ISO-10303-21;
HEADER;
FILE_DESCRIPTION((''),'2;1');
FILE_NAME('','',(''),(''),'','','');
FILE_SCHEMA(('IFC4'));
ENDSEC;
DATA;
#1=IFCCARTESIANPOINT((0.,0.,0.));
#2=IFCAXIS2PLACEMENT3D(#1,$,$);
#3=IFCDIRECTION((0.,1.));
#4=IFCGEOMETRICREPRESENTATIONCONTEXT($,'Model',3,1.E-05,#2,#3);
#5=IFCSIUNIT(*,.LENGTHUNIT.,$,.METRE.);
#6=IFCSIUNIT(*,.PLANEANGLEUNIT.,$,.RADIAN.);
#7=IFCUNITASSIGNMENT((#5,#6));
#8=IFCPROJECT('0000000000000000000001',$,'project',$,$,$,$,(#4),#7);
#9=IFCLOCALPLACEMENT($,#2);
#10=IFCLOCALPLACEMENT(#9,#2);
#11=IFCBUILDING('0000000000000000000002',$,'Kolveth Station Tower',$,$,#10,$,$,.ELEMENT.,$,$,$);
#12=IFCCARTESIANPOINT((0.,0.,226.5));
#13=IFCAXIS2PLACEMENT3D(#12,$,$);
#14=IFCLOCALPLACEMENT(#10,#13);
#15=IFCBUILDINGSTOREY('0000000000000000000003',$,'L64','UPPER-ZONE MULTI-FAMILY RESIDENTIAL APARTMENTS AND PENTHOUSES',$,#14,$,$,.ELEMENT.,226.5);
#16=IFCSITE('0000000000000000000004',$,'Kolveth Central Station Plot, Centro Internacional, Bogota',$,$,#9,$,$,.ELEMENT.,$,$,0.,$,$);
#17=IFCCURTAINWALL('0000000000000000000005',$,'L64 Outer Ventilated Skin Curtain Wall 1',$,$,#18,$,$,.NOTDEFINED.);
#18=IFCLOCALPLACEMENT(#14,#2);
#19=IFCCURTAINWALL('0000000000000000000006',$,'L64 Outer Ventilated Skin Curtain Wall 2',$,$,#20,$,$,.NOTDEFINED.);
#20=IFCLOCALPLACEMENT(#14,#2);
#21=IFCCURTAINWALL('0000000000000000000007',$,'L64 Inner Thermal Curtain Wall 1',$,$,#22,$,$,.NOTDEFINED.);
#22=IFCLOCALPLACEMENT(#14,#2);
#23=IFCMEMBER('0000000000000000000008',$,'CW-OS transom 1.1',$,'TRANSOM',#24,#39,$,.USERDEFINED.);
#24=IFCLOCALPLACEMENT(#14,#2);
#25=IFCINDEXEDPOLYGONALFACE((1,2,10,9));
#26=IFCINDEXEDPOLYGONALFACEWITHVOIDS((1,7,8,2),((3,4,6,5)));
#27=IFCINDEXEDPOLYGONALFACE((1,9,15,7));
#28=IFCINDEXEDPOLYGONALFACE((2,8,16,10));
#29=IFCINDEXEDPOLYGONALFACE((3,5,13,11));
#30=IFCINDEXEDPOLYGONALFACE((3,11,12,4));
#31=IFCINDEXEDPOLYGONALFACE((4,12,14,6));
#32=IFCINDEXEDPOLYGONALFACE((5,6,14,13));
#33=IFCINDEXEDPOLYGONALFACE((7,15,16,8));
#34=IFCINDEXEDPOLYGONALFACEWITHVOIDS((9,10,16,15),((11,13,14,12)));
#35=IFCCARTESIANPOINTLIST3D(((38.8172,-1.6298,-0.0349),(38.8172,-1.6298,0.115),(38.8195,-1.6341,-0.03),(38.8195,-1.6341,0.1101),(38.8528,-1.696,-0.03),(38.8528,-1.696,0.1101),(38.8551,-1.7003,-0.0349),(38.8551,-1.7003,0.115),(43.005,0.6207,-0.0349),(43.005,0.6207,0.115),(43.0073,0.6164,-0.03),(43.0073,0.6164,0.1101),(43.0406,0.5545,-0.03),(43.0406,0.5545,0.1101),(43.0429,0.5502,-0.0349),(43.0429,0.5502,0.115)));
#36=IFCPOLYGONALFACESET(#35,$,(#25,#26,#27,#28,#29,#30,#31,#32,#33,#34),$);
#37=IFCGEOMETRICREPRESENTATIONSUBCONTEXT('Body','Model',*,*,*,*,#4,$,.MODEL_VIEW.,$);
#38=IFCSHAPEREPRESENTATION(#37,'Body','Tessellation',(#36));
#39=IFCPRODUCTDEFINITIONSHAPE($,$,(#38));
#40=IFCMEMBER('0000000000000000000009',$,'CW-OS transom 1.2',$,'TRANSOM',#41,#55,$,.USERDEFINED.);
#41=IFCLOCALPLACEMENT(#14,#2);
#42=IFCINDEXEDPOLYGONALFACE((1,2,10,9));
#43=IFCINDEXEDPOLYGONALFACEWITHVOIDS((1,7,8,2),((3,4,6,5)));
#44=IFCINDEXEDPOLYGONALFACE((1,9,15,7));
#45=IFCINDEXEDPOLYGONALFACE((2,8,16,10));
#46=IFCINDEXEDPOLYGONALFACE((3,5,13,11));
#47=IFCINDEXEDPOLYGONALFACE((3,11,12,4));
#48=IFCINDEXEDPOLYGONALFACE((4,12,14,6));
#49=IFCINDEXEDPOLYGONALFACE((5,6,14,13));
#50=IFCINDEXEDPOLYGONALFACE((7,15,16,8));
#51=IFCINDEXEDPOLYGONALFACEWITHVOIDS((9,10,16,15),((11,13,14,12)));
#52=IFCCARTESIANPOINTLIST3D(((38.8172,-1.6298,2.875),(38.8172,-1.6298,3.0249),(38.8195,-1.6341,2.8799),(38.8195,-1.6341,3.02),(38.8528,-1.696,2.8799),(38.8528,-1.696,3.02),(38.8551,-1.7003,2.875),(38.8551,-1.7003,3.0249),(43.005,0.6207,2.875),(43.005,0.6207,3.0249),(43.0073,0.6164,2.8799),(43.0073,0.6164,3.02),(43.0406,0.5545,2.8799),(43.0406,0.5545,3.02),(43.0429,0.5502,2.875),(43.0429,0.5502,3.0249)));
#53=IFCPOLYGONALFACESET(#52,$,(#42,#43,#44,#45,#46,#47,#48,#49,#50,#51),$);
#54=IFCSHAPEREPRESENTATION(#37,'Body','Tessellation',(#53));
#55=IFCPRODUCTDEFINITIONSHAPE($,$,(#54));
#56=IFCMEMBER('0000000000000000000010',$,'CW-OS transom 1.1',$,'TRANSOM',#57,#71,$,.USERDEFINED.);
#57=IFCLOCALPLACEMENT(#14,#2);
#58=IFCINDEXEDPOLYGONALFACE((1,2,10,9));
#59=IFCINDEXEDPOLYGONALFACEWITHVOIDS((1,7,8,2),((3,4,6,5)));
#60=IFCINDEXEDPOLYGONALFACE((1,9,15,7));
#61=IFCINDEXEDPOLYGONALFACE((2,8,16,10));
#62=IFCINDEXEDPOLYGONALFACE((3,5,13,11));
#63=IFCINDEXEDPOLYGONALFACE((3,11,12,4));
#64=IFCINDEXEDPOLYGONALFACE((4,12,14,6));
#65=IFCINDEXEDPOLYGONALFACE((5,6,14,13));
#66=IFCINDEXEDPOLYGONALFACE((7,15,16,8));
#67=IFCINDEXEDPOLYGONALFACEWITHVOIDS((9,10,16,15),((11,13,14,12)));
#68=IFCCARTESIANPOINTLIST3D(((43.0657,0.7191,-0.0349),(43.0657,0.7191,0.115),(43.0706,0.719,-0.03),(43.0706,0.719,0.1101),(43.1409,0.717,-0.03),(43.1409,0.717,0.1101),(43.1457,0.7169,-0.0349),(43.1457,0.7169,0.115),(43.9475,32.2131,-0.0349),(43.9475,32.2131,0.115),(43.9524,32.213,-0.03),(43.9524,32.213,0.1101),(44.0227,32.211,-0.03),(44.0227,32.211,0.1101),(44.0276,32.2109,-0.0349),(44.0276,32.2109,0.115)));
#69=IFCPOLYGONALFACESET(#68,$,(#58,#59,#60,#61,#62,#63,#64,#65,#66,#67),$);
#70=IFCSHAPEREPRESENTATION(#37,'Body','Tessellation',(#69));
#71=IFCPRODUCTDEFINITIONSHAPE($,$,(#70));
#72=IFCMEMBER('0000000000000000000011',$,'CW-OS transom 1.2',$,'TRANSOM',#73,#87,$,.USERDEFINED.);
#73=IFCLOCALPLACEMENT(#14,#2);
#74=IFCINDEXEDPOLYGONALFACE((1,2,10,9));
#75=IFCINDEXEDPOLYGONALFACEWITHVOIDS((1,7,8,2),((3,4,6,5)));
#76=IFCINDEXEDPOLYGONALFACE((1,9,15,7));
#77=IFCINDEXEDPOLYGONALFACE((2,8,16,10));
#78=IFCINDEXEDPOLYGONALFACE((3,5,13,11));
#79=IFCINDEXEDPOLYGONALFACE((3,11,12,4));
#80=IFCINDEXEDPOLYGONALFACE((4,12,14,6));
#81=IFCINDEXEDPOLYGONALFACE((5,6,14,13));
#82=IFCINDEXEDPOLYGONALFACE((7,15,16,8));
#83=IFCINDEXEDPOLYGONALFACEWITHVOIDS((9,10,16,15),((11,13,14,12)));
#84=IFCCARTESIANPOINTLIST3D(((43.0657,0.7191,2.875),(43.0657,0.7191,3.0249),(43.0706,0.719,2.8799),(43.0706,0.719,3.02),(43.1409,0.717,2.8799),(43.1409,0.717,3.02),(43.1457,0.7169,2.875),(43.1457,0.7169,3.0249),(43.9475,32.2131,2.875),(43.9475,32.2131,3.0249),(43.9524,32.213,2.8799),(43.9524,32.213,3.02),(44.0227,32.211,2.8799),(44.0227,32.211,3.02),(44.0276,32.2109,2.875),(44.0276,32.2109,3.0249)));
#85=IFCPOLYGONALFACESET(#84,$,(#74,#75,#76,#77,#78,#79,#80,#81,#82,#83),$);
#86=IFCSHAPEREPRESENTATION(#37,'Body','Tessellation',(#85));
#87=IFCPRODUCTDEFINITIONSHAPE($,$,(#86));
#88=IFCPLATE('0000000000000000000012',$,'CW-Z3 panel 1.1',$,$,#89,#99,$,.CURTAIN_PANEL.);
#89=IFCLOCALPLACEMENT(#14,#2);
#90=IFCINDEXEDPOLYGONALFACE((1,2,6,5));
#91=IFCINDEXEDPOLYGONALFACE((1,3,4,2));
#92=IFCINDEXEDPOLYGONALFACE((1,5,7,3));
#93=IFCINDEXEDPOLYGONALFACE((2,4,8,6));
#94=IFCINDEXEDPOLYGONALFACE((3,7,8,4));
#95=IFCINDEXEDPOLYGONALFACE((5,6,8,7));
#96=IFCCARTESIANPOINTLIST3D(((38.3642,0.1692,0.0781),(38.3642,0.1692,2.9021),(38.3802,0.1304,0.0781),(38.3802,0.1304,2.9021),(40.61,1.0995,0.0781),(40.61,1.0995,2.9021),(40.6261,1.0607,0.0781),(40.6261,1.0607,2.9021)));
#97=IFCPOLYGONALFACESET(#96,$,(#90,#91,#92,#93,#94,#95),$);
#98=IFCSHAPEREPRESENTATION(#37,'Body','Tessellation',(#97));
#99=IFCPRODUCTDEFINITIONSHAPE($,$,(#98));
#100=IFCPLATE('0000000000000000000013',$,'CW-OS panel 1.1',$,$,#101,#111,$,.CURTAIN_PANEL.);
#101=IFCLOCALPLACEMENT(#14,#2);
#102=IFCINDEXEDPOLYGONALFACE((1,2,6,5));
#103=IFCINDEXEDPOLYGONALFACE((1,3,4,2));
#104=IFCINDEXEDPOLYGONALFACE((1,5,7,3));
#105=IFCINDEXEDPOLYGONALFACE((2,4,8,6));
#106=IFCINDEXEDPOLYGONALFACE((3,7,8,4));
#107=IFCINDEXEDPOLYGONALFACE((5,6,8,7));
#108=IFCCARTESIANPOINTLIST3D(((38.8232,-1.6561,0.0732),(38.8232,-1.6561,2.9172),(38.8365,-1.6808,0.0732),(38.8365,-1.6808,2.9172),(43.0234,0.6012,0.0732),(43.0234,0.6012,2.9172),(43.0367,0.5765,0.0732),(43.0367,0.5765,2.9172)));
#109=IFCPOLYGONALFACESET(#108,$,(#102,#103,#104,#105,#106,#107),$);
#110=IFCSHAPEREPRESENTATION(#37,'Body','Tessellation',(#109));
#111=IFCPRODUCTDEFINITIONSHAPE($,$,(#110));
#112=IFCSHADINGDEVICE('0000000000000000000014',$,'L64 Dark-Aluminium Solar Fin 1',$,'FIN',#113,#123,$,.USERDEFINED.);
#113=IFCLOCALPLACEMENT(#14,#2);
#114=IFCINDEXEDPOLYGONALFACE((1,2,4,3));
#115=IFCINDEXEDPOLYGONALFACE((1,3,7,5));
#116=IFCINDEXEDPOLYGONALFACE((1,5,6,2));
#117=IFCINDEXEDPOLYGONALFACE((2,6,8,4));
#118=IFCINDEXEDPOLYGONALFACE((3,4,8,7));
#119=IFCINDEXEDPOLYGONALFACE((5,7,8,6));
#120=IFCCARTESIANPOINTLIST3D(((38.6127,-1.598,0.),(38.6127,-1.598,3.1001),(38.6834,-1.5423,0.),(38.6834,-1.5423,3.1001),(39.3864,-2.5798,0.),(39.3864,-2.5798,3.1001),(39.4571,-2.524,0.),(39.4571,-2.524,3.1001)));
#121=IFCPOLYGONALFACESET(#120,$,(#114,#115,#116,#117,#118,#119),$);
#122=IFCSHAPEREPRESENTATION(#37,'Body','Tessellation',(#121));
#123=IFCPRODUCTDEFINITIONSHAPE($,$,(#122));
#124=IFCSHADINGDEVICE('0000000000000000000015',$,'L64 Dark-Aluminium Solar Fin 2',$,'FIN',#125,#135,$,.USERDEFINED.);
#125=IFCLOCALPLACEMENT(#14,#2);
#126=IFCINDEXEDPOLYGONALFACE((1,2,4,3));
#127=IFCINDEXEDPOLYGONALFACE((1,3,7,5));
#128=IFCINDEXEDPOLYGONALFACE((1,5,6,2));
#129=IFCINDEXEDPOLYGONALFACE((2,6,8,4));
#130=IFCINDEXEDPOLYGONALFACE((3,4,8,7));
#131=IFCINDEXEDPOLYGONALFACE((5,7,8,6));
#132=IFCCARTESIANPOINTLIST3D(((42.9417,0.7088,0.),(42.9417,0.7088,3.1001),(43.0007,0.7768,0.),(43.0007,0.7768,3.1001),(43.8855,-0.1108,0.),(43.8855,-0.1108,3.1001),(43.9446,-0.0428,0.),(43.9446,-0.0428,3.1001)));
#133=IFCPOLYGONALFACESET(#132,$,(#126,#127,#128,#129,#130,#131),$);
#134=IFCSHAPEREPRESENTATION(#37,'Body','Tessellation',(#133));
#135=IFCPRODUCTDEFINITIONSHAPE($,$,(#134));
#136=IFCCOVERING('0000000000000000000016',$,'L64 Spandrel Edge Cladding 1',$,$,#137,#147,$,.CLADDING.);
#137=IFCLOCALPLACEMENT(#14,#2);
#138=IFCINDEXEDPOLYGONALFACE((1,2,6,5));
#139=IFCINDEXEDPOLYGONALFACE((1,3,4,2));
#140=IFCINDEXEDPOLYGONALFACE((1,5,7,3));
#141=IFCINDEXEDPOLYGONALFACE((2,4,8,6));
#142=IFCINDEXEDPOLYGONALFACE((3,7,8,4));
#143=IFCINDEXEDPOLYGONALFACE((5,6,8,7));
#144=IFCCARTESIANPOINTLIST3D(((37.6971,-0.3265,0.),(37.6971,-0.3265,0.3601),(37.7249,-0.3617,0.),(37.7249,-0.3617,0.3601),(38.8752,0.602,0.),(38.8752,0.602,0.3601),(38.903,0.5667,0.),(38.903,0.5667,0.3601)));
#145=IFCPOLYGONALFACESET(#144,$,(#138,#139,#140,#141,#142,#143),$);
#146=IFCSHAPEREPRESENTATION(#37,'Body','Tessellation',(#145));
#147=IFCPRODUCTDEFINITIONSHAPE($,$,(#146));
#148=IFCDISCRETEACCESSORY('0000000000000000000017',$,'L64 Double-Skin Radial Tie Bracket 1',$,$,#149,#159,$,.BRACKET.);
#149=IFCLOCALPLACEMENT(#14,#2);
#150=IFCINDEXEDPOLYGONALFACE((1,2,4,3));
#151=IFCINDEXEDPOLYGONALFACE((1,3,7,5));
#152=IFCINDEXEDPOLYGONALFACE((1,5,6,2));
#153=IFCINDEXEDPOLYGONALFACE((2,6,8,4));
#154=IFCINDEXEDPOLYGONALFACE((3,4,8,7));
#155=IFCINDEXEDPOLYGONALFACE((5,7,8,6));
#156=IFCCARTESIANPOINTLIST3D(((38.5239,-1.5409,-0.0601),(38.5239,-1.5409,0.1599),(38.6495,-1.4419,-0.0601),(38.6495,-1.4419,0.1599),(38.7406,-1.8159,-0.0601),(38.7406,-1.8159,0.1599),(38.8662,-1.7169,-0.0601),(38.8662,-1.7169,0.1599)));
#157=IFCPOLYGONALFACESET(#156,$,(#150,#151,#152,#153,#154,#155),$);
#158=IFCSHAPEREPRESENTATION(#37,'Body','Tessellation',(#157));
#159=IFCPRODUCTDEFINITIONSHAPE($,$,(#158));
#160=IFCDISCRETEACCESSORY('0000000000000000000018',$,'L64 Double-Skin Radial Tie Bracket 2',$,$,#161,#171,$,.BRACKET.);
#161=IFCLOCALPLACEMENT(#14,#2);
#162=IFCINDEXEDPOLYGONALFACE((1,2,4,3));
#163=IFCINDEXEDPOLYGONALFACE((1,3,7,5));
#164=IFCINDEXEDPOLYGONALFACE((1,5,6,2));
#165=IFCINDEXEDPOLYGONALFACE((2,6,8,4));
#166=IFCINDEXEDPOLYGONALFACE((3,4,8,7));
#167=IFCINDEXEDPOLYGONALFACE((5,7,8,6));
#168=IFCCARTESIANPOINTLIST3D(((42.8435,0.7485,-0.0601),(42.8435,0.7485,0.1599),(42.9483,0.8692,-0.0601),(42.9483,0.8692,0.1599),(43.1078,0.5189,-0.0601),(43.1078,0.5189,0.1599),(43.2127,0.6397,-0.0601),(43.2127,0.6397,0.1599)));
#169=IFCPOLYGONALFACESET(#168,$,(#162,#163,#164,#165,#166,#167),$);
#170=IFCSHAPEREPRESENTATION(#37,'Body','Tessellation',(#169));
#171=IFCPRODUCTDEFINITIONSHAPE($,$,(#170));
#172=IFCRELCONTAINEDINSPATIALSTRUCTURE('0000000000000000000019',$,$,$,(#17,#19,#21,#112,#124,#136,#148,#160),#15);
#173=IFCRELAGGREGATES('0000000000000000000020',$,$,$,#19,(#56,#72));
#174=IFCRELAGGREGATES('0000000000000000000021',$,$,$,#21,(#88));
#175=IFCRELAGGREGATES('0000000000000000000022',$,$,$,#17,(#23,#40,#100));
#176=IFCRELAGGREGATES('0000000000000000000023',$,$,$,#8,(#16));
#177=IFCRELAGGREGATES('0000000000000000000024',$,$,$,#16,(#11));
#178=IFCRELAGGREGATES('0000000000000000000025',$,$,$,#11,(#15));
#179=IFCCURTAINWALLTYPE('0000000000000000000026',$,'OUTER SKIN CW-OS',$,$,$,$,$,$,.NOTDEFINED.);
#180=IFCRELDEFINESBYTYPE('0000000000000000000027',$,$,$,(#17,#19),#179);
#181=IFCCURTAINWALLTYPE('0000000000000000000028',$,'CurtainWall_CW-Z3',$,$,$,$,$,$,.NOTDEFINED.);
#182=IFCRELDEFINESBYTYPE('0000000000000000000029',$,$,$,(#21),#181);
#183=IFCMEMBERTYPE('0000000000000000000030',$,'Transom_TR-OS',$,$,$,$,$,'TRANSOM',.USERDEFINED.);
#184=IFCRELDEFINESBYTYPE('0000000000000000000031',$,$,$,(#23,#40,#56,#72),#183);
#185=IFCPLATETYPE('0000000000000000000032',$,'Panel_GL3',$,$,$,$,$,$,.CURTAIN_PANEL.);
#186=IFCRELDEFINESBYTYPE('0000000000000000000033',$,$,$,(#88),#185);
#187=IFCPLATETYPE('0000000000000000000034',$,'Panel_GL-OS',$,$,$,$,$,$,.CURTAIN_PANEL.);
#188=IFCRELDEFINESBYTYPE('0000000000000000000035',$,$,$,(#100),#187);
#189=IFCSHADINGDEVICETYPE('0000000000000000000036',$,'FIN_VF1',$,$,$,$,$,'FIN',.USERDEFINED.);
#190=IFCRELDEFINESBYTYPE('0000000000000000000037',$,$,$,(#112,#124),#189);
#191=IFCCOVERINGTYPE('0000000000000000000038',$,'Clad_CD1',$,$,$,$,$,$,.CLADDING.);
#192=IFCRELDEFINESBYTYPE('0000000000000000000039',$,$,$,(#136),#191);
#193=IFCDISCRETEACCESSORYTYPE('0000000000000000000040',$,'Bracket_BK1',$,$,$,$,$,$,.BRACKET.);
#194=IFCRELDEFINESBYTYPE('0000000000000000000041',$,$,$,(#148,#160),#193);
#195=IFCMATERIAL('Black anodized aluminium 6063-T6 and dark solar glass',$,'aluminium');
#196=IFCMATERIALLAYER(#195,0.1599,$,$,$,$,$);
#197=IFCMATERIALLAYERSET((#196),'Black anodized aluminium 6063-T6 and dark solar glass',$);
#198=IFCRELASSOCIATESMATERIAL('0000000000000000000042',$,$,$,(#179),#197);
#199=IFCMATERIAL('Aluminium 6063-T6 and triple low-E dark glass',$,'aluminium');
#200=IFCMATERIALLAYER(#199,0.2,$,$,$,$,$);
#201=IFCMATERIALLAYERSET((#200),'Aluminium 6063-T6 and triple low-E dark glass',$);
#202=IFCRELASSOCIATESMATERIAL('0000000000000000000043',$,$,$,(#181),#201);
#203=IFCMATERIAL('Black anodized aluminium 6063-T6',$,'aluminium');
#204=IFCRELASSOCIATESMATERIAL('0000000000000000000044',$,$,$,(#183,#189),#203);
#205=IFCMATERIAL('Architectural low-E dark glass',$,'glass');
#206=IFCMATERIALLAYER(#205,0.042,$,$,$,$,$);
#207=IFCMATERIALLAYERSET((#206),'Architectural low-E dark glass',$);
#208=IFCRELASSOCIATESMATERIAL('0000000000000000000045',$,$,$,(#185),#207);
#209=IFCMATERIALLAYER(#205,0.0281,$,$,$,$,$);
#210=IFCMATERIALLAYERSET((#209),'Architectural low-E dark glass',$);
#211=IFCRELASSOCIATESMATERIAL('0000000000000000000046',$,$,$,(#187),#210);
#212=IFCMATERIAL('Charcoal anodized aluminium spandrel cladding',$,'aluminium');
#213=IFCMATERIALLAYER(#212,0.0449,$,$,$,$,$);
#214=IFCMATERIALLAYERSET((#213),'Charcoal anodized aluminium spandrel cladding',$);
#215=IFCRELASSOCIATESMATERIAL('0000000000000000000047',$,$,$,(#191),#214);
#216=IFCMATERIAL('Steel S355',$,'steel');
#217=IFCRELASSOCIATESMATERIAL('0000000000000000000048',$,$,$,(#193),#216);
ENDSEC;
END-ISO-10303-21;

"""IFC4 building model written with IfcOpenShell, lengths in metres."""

from ifc_helpers import new_model, si_unit, direction, frame, origin, origin_2d, place, context, subcontext, project, spatial, rectangle, hollow_rectangle, extrude, source, transform, mapped, material, layer, layer_set, material_profile, profile_set, type_object, element, aggregate, save


model = new_model("IFC4")

# Units and contexts
model_context = context("Model", 3, precision=1e-05, world=origin(), true_north=direction((0.0, 1.0)))
body_context = subcontext(model_context, "Body", "Model", "MODEL_VIEW")
ifc_project = project(units=[si_unit("LENGTHUNIT", "METRE"), si_unit("PLANEANGLEUNIT", "RADIAN")], contexts=[model_context])

# Site, building, storey
site_placement = place(None, origin())
site = spatial("IfcSite", under=ifc_project, at=site_placement, Name="Kolveth Central Station Plot, Centro Internacional, Bogota", CompositionType="ELEMENT", RefElevation=0.0)
building_placement = place(site_placement, origin())
building = spatial("IfcBuilding", under=site, at=building_placement, Name="Kolveth Station Tower", CompositionType="ELEMENT")
storey_placement = place(building_placement, frame((0.0, 0.0, 226.5)))
storey = spatial("IfcBuildingStorey", under=building, at=storey_placement, Name="L64", Description="UPPER-ZONE MULTI-FAMILY RESIDENTIAL APARTMENTS AND PENTHOUSES", CompositionType="ELEMENT", Elevation=226.5)

# Curtain wall
ifc_material_1 = material(Name="Black anodized aluminium 6063-T6 and dark solar glass", Category="aluminium")
ifc_layer_1 = layer(ifc_material_1, 0.1599)
ifc_layer_set_1 = layer_set([ifc_layer_1], Name="Black anodized aluminium 6063-T6 and dark solar glass")
curtain_wall_type_1 = type_object("IfcCurtainWallType", Name="OUTER SKIN CW-OS", PredefinedType="NOTDEFINED", material=ifc_layer_set_1)
curtain_wall_1_placement = place(storey_placement, origin())
curtain_wall_1 = element("IfcCurtainWall", 1, at=curtain_wall_1_placement, inside=storey, type_object=curtain_wall_type_1, Name="L64 Outer Ventilated Skin Curtain Wall 1", PredefinedType="NOTDEFINED")
ifc_material_2 = material(Name="Black anodized aluminium 6063-T6", Category="aluminium")

# Curtain wall
curtain_wall_2_placement = place(storey_placement, origin())
curtain_wall_2 = element("IfcCurtainWall", 2, at=curtain_wall_2_placement, inside=storey, type_object=curtain_wall_type_1, Name="L64 Outer Ventilated Skin Curtain Wall 2", PredefinedType="NOTDEFINED")

# Curtain wall
ifc_material_3 = material(Name="Aluminium 6063-T6 and triple low-E dark glass", Category="aluminium")
ifc_layer_2 = layer(ifc_material_3, 0.2)
ifc_layer_set_2 = layer_set([ifc_layer_2], Name="Aluminium 6063-T6 and triple low-E dark glass")
curtain_wall_type_2 = type_object("IfcCurtainWallType", Name="CurtainWall_CW-Z3", PredefinedType="NOTDEFINED", material=ifc_layer_set_2)
curtain_wall_3_placement = place(storey_placement, origin())
curtain_wall_3 = element("IfcCurtainWall", 3, at=curtain_wall_3_placement, inside=storey, type_object=curtain_wall_type_2, Name="L64 Inner Thermal Curtain Wall 1", PredefinedType="NOTDEFINED")

# Members
ifc_material_profile_1 = material_profile(ifc_material_2, hollow_rectangle(XDim=0.0801, YDim=0.1499, WallThickness=0.0049, at=origin_2d()), Name="ALU-80x150x5")
ifc_profile_set_1 = profile_set([ifc_material_profile_1], Name="Black anodized aluminium 6063-T6")
member_type_1 = type_object("IfcMemberType", Name="Transom_TR-OS", ElementType="TRANSOM", PredefinedType="USERDEFINED", material=ifc_profile_set_1)
shared_shape_1 = source(origin(), body_context, "Body", "SweptSolid", [
    extrude(hollow_rectangle(XDim=0.0801, YDim=0.1499, WallThickness=0.0049, at=origin_2d()), origin(), (0.0, 0.0, 1.0), 4.7542),
])
member_1_placement = place(storey_placement, frame((38.8362, -1.665, 0.04), z_axis=(0.880862, 0.473374, 0.0), x_axis=(-0.473374, 0.880862, 0.0)))
member_1 = element("IfcMember", 4, at=member_1_placement, type_object=member_type_1, Name="CW-OS transom 1.1", ObjectType="TRANSOM", PredefinedType="USERDEFINED", context=body_context, shape_type="MappedRepresentation", body=[
    mapped(shared_shape_1, transform((0.0, 0.0, 0.0), x_axis=(1.0, 0.0, 0.0), y_axis=(0.0, 1.0, 0.0), z_axis=(0.0, 0.0, 1.0), scale=1.0)),
])
member_2_placement = place(storey_placement, frame((38.8362, -1.665, 2.95), z_axis=(0.880862, 0.473374, 0.0), x_axis=(-0.473374, 0.880862, 0.0)))
member_2 = element("IfcMember", 5, at=member_2_placement, type_object=member_type_1, Name="CW-OS transom 1.2", ObjectType="TRANSOM", PredefinedType="USERDEFINED", context=body_context, shape_type="MappedRepresentation", body=[
    mapped(shared_shape_1, transform((0.0, 0.0, 0.0), x_axis=(1.0, 0.0, 0.0), y_axis=(0.0, 1.0, 0.0), z_axis=(0.0, 0.0, 1.0), scale=1.0)),
])
shared_shape_2 = source(origin(), body_context, "Body", "SweptSolid", [
    extrude(hollow_rectangle(XDim=0.0801, YDim=0.1499, WallThickness=0.0049, at=origin_2d()), origin(), (0.0, 0.0, 1.0), 31.5063),
])
member_3_placement = place(storey_placement, frame((43.1057, 0.718, 0.04), z_axis=(0.027989, 0.999608, 0.0), x_axis=(-0.999608, 0.027989, 0.0)))
member_3 = element("IfcMember", 6, at=member_3_placement, type_object=member_type_1, Name="CW-OS transom 1.1", ObjectType="TRANSOM", PredefinedType="USERDEFINED", context=body_context, shape_type="MappedRepresentation", body=[
    mapped(shared_shape_2, transform((0.0, 0.0, 0.0), x_axis=(1.0, 0.0, 0.0), y_axis=(0.0, 1.0, 0.0), z_axis=(0.0, 0.0, 1.0), scale=1.0)),
])
member_4_placement = place(storey_placement, frame((43.1057, 0.718, 2.95), z_axis=(0.027989, 0.999608, 0.0), x_axis=(-0.999608, 0.027989, 0.0)))
member_4 = element("IfcMember", 7, at=member_4_placement, type_object=member_type_1, Name="CW-OS transom 1.2", ObjectType="TRANSOM", PredefinedType="USERDEFINED", context=body_context, shape_type="MappedRepresentation", body=[
    mapped(shared_shape_2, transform((0.0, 0.0, 0.0), x_axis=(1.0, 0.0, 0.0), y_axis=(0.0, 1.0, 0.0), z_axis=(0.0, 0.0, 1.0), scale=1.0)),
])
aggregate(curtain_wall_2, [member_3, member_4])

# Plates
ifc_material_4 = material(Name="Architectural low-E dark glass", Category="glass")
ifc_layer_3 = layer(ifc_material_4, 0.042)
ifc_layer_set_3 = layer_set([ifc_layer_3], Name="Architectural low-E dark glass")
plate_type_1 = type_object("IfcPlateType", Name="Panel_GL3", PredefinedType="CURTAIN_PANEL", material=ifc_layer_set_3)
shared_shape_3 = source(origin(), body_context, "Body", "SweptSolid", [
    extrude(rectangle(XDim=2.4309, YDim=0.042, at=origin_2d()), origin(), (0.0, 0.0, 1.0), 2.824),
])
plate_1_placement = place(storey_placement, frame((39.4951, 0.615, 0.0781), z_axis=(0.0, 0.0, 1.0), x_axis=(0.923875, 0.382693, 0.0)))
plate_1 = element("IfcPlate", 8, at=plate_1_placement, type_object=plate_type_1, Name="CW-Z3 panel 1.1", PredefinedType="CURTAIN_PANEL", context=body_context, shape_type="MappedRepresentation", body=[
    mapped(shared_shape_3, transform((0.0, 0.0, 0.0), x_axis=(1.0, 0.0, 0.0), y_axis=(0.0, 1.0, 0.0), z_axis=(0.0, 0.0, 1.0), scale=1.0)),
])
aggregate(curtain_wall_3, [plate_1])
ifc_layer_4 = layer(ifc_material_4, 0.0281)
ifc_layer_set_4 = layer_set([ifc_layer_4], Name="Architectural low-E dark glass")
plate_type_2 = type_object("IfcPlateType", Name="Panel_GL-OS", PredefinedType="CURTAIN_PANEL", material=ifc_layer_set_4)
shared_shape_4 = source(origin(), body_context, "Body", "SweptSolid", [
    extrude(rectangle(XDim=4.7683, YDim=0.0281, at=origin_2d()), origin(), (0.0, 0.0, 1.0), 2.844),
])
plate_2_placement = place(storey_placement, frame((40.9299, -0.5398, 0.0732), z_axis=(0.0, 0.0, 1.0), x_axis=(0.880853, 0.47339, 0.0)))
plate_2 = element("IfcPlate", 9, at=plate_2_placement, type_object=plate_type_2, Name="CW-OS panel 1.1", PredefinedType="CURTAIN_PANEL", context=body_context, shape_type="MappedRepresentation", body=[
    mapped(shared_shape_4, transform((0.0, 0.0, 0.0), x_axis=(1.0, 0.0, 0.0), y_axis=(0.0, 1.0, 0.0), z_axis=(0.0, 0.0, 1.0), scale=1.0)),
])
aggregate(curtain_wall_1, [member_1, member_2, plate_2])

# Shading devices
shading_device_type = type_object("IfcShadingDeviceType", Name="FIN_VF1", ElementType="FIN", PredefinedType="USERDEFINED", material=ifc_material_2)
shared_shape_5 = source(origin(), body_context, "Body", "SweptSolid", [
    extrude(rectangle(XDim=1.25, YDim=0.0901, at=origin_2d()), origin(), (0.0, 0.0, 1.0), 3.1001),
])
for number, where, z_axis, x_axis, name in (
    (10, (39.0349, -2.061, 0.0), (0.0, 0.0, 1.0), (0.618957, -0.785425, 0.0), "L64 Dark-Aluminium Solar Fin 1"),
    (11, (43.4431, 0.333, 0.0), (0.0, 0.0, 1.0), (0.755053, -0.655664, 0.0), "L64 Dark-Aluminium Solar Fin 2"),
):
    element("IfcShadingDevice", number, at=place(storey_placement, frame(where, z_axis=z_axis, x_axis=x_axis)), inside=storey, type_object=shading_device_type, Name=name, ObjectType="FIN", PredefinedType="USERDEFINED", context=body_context, shape_type="MappedRepresentation", body=[
        mapped(shared_shape_5, transform((0.0, 0.0, 0.0), x_axis=(1.0, 0.0, 0.0), y_axis=(0.0, 1.0, 0.0), z_axis=(0.0, 0.0, 1.0), scale=1.0)),
    ])

# Covering
ifc_material_5 = material(Name="Charcoal anodized aluminium spandrel cladding", Category="aluminium")
ifc_layer_5 = layer(ifc_material_5, 0.0449)
ifc_layer_set_5 = layer_set([ifc_layer_5], Name="Charcoal anodized aluminium spandrel cladding")
covering_type = type_object("IfcCoveringType", Name="Clad_CD1", PredefinedType="CLADDING", material=ifc_layer_set_5)
shared_shape_6 = source(origin(), body_context, "Body", "SweptSolid", [
    extrude(rectangle(XDim=1.5, YDim=0.0449, at=origin_2d()), origin(), (0.0, 0.0, 1.0), 0.3601),
])
covering_placement = place(storey_placement, frame((38.3, 0.1201, 0.0), z_axis=(0.0, 0.0, 1.0), x_axis=(0.785425, 0.618957, 0.0)))
element("IfcCovering", 12, at=covering_placement, inside=storey, type_object=covering_type, Name="L64 Spandrel Edge Cladding 1", PredefinedType="CLADDING", context=body_context, shape_type="MappedRepresentation", body=[
    mapped(shared_shape_6, transform((0.0, 0.0, 0.0), x_axis=(1.0, 0.0, 0.0), y_axis=(0.0, 1.0, 0.0), z_axis=(0.0, 0.0, 1.0), scale=1.0)),
])

# Discrete accessories
ifc_material_6 = material(Name="Steel S355", Category="steel")
discrete_accessory_type = type_object("IfcDiscreteAccessoryType", Name="Bracket_BK1", PredefinedType="BRACKET", material=ifc_material_6)
shared_shape_7 = source(origin(), body_context, "Body", "SweptSolid", [
    extrude(rectangle(XDim=0.3501, YDim=0.1599, at=origin_2d()), origin(), (0.0, 0.0, 1.0), 0.22),
])
for number, where, z_axis, x_axis, name in (
    (13, (38.6951, -1.6289, -0.0601), (0.0, 0.0, 1.0), (0.618957, -0.785425, 0.0), "L64 Double-Skin Radial Tie Bracket 1"),
    (14, (43.0281, 0.6941, -0.0601), (0.0, 0.0, 1.0), (0.755053, -0.655664, 0.0), "L64 Double-Skin Radial Tie Bracket 2"),
):
    element("IfcDiscreteAccessory", number, at=place(storey_placement, frame(where, z_axis=z_axis, x_axis=x_axis)), inside=storey, type_object=discrete_accessory_type, Name=name, PredefinedType="BRACKET", context=body_context, shape_type="MappedRepresentation", body=[
        mapped(shared_shape_7, transform((0.0, 0.0, 0.0), x_axis=(1.0, 0.0, 0.0), y_axis=(0.0, 1.0, 0.0), z_axis=(0.0, 0.0, 1.0), scale=1.0)),
    ])

save(model, "model.ifc")
